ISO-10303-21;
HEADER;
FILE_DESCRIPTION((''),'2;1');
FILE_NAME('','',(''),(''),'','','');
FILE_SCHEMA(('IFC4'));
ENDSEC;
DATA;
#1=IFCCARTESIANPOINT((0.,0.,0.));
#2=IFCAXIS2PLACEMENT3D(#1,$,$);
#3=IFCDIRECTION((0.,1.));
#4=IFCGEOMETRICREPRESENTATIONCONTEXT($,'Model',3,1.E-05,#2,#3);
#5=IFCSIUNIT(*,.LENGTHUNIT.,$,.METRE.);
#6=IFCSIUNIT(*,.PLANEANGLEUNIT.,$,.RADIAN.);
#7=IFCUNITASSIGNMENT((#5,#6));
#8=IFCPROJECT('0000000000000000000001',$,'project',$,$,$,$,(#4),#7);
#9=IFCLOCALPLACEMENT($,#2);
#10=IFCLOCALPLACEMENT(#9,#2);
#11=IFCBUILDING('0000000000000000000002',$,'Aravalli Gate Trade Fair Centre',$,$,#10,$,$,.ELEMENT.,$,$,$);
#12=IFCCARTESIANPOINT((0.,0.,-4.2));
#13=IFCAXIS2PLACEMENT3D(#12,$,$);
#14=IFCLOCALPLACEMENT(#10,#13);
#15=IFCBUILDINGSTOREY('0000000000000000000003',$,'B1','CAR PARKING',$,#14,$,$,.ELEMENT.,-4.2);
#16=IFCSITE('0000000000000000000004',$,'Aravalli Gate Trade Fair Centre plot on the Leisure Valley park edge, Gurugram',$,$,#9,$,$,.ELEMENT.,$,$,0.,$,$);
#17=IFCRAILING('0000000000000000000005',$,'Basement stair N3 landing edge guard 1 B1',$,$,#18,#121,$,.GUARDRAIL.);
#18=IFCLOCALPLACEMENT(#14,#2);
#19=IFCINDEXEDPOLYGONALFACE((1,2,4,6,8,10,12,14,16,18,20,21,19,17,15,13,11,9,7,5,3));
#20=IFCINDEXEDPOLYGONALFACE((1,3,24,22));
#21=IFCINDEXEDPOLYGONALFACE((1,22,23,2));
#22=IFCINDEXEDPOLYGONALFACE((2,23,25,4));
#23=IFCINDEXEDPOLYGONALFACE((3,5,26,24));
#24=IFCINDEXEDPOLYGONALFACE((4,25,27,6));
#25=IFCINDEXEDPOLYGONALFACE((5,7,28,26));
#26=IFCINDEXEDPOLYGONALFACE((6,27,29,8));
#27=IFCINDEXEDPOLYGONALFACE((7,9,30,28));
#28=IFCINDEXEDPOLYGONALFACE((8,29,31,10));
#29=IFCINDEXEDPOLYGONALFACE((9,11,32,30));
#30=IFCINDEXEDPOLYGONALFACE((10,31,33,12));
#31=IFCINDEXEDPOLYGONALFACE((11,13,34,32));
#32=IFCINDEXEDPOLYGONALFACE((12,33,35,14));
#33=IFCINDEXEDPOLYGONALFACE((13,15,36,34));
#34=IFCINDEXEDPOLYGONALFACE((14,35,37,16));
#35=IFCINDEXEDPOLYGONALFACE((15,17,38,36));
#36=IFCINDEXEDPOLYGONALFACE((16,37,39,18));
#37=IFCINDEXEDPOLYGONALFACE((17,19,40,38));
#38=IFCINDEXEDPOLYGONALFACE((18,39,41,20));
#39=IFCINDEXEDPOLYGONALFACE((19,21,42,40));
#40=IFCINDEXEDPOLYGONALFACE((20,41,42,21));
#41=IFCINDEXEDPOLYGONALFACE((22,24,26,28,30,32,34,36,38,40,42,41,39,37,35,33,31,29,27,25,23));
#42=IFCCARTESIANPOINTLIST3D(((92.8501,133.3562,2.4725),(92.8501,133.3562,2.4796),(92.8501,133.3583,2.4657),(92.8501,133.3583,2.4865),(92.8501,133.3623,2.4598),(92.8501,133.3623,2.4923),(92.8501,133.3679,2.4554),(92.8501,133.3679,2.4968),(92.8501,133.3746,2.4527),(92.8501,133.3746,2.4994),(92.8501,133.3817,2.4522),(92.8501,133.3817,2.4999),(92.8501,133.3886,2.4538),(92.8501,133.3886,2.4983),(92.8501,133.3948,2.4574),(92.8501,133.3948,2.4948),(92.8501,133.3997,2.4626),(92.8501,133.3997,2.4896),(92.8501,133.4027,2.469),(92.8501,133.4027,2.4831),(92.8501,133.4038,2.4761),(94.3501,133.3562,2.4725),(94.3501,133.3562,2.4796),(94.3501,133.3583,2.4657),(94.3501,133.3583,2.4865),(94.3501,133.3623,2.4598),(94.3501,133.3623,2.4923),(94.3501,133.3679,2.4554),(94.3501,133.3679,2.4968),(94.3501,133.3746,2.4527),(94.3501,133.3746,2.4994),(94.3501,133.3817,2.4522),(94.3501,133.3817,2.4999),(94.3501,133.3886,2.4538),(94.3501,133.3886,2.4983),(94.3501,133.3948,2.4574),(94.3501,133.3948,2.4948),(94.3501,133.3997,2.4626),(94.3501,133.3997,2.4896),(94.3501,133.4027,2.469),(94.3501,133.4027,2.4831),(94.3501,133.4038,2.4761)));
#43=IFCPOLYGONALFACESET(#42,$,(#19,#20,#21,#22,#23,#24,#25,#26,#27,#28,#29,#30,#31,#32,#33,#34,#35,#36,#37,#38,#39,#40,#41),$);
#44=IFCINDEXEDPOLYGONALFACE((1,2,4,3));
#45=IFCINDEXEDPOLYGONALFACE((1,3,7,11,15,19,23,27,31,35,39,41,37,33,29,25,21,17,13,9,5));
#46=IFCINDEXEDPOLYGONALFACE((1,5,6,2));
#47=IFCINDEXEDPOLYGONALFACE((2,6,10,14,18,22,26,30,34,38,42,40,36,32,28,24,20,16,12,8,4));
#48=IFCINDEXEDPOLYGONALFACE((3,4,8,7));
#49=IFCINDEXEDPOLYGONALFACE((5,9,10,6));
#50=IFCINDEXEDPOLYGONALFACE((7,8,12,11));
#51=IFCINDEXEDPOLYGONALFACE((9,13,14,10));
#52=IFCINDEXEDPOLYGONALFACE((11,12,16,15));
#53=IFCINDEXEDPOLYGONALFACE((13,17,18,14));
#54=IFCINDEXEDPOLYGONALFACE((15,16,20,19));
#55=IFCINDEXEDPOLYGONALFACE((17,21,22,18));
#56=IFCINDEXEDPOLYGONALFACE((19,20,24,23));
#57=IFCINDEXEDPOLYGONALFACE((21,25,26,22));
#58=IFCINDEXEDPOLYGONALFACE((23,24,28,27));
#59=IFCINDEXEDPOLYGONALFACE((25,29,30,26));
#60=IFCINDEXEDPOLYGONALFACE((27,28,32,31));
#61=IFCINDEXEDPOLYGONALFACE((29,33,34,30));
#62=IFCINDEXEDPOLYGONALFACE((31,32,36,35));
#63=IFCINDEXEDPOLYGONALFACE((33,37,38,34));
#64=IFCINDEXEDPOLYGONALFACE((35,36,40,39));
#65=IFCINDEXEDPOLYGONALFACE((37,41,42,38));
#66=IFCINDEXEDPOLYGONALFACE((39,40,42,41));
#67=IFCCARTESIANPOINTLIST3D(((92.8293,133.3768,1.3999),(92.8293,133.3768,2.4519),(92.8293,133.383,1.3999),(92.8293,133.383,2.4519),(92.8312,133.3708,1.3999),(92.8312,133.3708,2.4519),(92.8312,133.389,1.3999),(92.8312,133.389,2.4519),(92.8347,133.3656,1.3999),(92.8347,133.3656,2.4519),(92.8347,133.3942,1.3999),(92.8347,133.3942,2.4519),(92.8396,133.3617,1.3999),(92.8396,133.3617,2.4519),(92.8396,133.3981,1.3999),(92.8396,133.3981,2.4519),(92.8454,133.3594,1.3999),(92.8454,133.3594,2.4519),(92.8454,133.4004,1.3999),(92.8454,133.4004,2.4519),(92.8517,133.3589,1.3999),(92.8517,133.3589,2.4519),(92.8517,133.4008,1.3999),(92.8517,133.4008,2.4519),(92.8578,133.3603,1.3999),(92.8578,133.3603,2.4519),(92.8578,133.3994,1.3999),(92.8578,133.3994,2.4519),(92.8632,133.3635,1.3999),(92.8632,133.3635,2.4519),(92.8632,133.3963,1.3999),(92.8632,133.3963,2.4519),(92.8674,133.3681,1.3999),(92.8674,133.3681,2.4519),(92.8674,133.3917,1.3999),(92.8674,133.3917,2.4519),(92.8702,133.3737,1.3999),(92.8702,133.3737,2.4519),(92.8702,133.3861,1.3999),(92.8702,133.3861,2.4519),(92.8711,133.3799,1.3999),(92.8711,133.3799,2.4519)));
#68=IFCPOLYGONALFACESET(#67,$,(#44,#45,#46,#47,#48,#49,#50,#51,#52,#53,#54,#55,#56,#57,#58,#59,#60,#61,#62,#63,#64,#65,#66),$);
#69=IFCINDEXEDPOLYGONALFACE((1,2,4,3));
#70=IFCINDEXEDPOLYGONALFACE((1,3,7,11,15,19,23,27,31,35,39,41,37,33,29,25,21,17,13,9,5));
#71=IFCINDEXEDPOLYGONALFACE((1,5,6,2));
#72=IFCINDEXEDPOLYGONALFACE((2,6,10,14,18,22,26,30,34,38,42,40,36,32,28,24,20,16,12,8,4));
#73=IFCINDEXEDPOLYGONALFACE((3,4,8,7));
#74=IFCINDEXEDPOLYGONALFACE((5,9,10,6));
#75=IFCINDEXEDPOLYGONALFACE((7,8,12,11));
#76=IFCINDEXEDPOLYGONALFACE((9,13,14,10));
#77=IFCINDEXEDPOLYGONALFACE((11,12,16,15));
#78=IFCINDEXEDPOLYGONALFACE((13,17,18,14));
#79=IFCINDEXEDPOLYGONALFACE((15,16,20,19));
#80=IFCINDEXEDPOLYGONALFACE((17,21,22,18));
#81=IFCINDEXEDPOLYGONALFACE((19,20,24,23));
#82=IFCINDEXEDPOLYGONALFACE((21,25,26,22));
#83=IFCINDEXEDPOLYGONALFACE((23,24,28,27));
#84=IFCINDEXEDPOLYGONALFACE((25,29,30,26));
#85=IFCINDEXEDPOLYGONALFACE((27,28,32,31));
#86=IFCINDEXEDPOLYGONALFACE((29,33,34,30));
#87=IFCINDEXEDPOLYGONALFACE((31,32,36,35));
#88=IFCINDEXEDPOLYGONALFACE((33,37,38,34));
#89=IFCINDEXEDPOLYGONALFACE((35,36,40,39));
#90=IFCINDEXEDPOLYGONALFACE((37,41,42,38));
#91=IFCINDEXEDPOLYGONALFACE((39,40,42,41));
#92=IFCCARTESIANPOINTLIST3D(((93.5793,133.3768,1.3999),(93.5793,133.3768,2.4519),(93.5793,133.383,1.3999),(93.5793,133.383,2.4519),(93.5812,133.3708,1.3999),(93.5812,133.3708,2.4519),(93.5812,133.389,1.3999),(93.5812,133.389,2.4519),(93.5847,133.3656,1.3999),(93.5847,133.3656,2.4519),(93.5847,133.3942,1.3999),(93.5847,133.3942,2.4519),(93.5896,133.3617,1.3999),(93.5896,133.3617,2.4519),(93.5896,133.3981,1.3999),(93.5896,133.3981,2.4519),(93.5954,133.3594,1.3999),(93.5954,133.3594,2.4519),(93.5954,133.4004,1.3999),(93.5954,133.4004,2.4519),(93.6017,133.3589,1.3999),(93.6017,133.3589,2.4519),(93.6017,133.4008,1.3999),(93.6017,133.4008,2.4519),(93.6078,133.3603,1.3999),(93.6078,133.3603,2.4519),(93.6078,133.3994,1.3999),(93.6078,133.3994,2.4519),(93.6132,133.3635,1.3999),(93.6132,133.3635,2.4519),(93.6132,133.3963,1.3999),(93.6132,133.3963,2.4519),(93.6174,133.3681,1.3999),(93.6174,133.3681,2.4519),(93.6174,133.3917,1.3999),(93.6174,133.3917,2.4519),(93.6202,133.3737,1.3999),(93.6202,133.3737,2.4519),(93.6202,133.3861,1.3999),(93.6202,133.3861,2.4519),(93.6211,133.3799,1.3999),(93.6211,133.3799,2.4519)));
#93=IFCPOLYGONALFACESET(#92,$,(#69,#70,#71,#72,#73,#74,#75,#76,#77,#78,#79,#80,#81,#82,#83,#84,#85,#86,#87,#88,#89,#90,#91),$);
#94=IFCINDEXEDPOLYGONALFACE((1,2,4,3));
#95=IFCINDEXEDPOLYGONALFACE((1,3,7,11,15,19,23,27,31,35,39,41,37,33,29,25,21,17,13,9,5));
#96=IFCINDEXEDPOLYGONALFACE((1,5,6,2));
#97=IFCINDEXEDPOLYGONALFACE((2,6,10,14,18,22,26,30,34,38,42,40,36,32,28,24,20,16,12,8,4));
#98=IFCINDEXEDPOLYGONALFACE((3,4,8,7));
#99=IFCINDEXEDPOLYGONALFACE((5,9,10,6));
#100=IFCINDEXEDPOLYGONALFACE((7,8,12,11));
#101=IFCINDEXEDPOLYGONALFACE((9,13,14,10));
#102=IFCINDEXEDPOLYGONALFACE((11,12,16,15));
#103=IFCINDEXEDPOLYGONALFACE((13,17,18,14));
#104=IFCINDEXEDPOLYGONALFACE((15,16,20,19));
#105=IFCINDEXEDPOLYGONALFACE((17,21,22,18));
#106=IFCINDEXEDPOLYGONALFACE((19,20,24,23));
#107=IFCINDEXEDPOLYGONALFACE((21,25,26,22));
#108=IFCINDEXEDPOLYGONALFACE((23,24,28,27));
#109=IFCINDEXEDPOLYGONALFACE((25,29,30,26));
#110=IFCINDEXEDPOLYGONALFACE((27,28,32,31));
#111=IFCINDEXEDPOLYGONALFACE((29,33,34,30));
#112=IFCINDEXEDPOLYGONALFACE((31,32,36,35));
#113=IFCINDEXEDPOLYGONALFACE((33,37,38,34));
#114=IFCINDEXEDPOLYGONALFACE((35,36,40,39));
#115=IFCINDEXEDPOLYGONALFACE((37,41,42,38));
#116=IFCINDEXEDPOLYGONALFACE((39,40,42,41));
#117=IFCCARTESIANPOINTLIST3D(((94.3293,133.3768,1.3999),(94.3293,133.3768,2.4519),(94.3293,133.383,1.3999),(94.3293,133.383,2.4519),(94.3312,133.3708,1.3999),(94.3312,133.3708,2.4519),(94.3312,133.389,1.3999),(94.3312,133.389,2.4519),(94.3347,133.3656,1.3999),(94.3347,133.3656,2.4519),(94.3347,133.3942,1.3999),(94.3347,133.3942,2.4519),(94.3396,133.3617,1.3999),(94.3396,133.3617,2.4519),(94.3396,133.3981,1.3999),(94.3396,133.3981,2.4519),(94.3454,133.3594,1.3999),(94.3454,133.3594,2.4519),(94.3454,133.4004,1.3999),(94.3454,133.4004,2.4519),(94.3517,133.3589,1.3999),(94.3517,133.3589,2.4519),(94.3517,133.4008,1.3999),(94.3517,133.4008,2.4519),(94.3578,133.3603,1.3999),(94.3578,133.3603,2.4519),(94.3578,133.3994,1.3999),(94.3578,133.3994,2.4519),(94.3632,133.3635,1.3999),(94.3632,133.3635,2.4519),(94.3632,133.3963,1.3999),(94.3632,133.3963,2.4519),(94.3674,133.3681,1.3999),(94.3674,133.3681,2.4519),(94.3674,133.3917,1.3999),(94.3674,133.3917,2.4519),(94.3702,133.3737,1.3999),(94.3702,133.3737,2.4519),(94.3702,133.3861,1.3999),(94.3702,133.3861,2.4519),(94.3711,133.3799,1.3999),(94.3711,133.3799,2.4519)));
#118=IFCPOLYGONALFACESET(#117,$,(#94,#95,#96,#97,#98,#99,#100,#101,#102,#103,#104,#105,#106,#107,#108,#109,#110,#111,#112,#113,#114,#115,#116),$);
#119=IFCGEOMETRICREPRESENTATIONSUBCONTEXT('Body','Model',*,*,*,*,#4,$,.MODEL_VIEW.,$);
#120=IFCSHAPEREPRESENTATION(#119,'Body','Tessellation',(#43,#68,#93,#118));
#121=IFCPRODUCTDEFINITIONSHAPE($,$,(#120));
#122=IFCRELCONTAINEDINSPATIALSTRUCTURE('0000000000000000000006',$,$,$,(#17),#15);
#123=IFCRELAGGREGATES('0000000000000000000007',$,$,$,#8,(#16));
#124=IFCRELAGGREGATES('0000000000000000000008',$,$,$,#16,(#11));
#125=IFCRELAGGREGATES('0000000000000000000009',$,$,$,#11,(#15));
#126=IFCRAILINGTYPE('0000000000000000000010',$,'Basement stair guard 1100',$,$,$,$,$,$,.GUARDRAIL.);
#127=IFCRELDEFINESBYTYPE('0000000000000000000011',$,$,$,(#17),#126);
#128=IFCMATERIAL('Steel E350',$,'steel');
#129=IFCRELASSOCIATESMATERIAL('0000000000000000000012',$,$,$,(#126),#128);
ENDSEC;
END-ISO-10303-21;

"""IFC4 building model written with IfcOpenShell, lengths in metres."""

from ifc_helpers import new_model, si_unit, direction, frame, origin, origin_2d, place, context, subcontext, project, spatial, circle, extrude, material, type_object, element, save


model = new_model("IFC4")

# Units and contexts
model_context = context("Model", 3, precision=1e-05, world=origin(), true_north=direction((0.0, 1.0)))
body_context = subcontext(model_context, "Body", "Model", "MODEL_VIEW")
ifc_project = project(units=[si_unit("LENGTHUNIT", "METRE"), si_unit("PLANEANGLEUNIT", "RADIAN")], contexts=[model_context])

# Site, building, storey
site_placement = place(None, origin())
site = spatial("IfcSite", under=ifc_project, at=site_placement, Name="Aravalli Gate Trade Fair Centre plot on the Leisure Valley park edge, Gurugram", CompositionType="ELEMENT", RefElevation=0.0)
building_placement = place(site_placement, origin())
building = spatial("IfcBuilding", under=site, at=building_placement, Name="Aravalli Gate Trade Fair Centre", CompositionType="ELEMENT")
storey_placement = place(building_placement, frame((0.0, 0.0, -4.2)))
storey = spatial("IfcBuildingStorey", under=building, at=storey_placement, Name="B1", Description="CAR PARKING", CompositionType="ELEMENT", Elevation=-4.2)

# Railing
ifc_material_1 = material(Name="Steel E350", Category="steel")
railing_type_1 = type_object("IfcRailingType", Name="Basement stair guard 1100", PredefinedType="GUARDRAIL", material=ifc_material_1)
railing_1_placement = place(storey_placement, frame((92.8501, 133.3799, 1.3999)))
element("IfcRailing", 1, at=railing_1_placement, inside=storey, type_object=railing_type_1, Name="Basement stair N3 landing edge guard 1 B1", PredefinedType="GUARDRAIL", context=body_context, shape_type="SweptSolid", body=[
    extrude(circle(Radius=0.0239, at=origin_2d()), frame((0.0, 0.0, 1.0762), z_axis=(1.0, 0.0, 0.0), x_axis=(0.0, 1.0, 0.0)), (0.0, 0.0, 1.0), 1.5),
    extrude(circle(Radius=0.021, at=origin_2d()), origin(), (0.0, 0.0, 1.0), 1.052),
    extrude(circle(Radius=0.021, at=origin_2d()), frame((0.75, 0.0, 0.0)), (0.0, 0.0, 1.0), 1.052),
    extrude(circle(Radius=0.021, at=origin_2d()), frame((1.5, 0.0, 0.0)), (0.0, 0.0, 1.0), 1.052),
])

save(model, "model.ifc")
